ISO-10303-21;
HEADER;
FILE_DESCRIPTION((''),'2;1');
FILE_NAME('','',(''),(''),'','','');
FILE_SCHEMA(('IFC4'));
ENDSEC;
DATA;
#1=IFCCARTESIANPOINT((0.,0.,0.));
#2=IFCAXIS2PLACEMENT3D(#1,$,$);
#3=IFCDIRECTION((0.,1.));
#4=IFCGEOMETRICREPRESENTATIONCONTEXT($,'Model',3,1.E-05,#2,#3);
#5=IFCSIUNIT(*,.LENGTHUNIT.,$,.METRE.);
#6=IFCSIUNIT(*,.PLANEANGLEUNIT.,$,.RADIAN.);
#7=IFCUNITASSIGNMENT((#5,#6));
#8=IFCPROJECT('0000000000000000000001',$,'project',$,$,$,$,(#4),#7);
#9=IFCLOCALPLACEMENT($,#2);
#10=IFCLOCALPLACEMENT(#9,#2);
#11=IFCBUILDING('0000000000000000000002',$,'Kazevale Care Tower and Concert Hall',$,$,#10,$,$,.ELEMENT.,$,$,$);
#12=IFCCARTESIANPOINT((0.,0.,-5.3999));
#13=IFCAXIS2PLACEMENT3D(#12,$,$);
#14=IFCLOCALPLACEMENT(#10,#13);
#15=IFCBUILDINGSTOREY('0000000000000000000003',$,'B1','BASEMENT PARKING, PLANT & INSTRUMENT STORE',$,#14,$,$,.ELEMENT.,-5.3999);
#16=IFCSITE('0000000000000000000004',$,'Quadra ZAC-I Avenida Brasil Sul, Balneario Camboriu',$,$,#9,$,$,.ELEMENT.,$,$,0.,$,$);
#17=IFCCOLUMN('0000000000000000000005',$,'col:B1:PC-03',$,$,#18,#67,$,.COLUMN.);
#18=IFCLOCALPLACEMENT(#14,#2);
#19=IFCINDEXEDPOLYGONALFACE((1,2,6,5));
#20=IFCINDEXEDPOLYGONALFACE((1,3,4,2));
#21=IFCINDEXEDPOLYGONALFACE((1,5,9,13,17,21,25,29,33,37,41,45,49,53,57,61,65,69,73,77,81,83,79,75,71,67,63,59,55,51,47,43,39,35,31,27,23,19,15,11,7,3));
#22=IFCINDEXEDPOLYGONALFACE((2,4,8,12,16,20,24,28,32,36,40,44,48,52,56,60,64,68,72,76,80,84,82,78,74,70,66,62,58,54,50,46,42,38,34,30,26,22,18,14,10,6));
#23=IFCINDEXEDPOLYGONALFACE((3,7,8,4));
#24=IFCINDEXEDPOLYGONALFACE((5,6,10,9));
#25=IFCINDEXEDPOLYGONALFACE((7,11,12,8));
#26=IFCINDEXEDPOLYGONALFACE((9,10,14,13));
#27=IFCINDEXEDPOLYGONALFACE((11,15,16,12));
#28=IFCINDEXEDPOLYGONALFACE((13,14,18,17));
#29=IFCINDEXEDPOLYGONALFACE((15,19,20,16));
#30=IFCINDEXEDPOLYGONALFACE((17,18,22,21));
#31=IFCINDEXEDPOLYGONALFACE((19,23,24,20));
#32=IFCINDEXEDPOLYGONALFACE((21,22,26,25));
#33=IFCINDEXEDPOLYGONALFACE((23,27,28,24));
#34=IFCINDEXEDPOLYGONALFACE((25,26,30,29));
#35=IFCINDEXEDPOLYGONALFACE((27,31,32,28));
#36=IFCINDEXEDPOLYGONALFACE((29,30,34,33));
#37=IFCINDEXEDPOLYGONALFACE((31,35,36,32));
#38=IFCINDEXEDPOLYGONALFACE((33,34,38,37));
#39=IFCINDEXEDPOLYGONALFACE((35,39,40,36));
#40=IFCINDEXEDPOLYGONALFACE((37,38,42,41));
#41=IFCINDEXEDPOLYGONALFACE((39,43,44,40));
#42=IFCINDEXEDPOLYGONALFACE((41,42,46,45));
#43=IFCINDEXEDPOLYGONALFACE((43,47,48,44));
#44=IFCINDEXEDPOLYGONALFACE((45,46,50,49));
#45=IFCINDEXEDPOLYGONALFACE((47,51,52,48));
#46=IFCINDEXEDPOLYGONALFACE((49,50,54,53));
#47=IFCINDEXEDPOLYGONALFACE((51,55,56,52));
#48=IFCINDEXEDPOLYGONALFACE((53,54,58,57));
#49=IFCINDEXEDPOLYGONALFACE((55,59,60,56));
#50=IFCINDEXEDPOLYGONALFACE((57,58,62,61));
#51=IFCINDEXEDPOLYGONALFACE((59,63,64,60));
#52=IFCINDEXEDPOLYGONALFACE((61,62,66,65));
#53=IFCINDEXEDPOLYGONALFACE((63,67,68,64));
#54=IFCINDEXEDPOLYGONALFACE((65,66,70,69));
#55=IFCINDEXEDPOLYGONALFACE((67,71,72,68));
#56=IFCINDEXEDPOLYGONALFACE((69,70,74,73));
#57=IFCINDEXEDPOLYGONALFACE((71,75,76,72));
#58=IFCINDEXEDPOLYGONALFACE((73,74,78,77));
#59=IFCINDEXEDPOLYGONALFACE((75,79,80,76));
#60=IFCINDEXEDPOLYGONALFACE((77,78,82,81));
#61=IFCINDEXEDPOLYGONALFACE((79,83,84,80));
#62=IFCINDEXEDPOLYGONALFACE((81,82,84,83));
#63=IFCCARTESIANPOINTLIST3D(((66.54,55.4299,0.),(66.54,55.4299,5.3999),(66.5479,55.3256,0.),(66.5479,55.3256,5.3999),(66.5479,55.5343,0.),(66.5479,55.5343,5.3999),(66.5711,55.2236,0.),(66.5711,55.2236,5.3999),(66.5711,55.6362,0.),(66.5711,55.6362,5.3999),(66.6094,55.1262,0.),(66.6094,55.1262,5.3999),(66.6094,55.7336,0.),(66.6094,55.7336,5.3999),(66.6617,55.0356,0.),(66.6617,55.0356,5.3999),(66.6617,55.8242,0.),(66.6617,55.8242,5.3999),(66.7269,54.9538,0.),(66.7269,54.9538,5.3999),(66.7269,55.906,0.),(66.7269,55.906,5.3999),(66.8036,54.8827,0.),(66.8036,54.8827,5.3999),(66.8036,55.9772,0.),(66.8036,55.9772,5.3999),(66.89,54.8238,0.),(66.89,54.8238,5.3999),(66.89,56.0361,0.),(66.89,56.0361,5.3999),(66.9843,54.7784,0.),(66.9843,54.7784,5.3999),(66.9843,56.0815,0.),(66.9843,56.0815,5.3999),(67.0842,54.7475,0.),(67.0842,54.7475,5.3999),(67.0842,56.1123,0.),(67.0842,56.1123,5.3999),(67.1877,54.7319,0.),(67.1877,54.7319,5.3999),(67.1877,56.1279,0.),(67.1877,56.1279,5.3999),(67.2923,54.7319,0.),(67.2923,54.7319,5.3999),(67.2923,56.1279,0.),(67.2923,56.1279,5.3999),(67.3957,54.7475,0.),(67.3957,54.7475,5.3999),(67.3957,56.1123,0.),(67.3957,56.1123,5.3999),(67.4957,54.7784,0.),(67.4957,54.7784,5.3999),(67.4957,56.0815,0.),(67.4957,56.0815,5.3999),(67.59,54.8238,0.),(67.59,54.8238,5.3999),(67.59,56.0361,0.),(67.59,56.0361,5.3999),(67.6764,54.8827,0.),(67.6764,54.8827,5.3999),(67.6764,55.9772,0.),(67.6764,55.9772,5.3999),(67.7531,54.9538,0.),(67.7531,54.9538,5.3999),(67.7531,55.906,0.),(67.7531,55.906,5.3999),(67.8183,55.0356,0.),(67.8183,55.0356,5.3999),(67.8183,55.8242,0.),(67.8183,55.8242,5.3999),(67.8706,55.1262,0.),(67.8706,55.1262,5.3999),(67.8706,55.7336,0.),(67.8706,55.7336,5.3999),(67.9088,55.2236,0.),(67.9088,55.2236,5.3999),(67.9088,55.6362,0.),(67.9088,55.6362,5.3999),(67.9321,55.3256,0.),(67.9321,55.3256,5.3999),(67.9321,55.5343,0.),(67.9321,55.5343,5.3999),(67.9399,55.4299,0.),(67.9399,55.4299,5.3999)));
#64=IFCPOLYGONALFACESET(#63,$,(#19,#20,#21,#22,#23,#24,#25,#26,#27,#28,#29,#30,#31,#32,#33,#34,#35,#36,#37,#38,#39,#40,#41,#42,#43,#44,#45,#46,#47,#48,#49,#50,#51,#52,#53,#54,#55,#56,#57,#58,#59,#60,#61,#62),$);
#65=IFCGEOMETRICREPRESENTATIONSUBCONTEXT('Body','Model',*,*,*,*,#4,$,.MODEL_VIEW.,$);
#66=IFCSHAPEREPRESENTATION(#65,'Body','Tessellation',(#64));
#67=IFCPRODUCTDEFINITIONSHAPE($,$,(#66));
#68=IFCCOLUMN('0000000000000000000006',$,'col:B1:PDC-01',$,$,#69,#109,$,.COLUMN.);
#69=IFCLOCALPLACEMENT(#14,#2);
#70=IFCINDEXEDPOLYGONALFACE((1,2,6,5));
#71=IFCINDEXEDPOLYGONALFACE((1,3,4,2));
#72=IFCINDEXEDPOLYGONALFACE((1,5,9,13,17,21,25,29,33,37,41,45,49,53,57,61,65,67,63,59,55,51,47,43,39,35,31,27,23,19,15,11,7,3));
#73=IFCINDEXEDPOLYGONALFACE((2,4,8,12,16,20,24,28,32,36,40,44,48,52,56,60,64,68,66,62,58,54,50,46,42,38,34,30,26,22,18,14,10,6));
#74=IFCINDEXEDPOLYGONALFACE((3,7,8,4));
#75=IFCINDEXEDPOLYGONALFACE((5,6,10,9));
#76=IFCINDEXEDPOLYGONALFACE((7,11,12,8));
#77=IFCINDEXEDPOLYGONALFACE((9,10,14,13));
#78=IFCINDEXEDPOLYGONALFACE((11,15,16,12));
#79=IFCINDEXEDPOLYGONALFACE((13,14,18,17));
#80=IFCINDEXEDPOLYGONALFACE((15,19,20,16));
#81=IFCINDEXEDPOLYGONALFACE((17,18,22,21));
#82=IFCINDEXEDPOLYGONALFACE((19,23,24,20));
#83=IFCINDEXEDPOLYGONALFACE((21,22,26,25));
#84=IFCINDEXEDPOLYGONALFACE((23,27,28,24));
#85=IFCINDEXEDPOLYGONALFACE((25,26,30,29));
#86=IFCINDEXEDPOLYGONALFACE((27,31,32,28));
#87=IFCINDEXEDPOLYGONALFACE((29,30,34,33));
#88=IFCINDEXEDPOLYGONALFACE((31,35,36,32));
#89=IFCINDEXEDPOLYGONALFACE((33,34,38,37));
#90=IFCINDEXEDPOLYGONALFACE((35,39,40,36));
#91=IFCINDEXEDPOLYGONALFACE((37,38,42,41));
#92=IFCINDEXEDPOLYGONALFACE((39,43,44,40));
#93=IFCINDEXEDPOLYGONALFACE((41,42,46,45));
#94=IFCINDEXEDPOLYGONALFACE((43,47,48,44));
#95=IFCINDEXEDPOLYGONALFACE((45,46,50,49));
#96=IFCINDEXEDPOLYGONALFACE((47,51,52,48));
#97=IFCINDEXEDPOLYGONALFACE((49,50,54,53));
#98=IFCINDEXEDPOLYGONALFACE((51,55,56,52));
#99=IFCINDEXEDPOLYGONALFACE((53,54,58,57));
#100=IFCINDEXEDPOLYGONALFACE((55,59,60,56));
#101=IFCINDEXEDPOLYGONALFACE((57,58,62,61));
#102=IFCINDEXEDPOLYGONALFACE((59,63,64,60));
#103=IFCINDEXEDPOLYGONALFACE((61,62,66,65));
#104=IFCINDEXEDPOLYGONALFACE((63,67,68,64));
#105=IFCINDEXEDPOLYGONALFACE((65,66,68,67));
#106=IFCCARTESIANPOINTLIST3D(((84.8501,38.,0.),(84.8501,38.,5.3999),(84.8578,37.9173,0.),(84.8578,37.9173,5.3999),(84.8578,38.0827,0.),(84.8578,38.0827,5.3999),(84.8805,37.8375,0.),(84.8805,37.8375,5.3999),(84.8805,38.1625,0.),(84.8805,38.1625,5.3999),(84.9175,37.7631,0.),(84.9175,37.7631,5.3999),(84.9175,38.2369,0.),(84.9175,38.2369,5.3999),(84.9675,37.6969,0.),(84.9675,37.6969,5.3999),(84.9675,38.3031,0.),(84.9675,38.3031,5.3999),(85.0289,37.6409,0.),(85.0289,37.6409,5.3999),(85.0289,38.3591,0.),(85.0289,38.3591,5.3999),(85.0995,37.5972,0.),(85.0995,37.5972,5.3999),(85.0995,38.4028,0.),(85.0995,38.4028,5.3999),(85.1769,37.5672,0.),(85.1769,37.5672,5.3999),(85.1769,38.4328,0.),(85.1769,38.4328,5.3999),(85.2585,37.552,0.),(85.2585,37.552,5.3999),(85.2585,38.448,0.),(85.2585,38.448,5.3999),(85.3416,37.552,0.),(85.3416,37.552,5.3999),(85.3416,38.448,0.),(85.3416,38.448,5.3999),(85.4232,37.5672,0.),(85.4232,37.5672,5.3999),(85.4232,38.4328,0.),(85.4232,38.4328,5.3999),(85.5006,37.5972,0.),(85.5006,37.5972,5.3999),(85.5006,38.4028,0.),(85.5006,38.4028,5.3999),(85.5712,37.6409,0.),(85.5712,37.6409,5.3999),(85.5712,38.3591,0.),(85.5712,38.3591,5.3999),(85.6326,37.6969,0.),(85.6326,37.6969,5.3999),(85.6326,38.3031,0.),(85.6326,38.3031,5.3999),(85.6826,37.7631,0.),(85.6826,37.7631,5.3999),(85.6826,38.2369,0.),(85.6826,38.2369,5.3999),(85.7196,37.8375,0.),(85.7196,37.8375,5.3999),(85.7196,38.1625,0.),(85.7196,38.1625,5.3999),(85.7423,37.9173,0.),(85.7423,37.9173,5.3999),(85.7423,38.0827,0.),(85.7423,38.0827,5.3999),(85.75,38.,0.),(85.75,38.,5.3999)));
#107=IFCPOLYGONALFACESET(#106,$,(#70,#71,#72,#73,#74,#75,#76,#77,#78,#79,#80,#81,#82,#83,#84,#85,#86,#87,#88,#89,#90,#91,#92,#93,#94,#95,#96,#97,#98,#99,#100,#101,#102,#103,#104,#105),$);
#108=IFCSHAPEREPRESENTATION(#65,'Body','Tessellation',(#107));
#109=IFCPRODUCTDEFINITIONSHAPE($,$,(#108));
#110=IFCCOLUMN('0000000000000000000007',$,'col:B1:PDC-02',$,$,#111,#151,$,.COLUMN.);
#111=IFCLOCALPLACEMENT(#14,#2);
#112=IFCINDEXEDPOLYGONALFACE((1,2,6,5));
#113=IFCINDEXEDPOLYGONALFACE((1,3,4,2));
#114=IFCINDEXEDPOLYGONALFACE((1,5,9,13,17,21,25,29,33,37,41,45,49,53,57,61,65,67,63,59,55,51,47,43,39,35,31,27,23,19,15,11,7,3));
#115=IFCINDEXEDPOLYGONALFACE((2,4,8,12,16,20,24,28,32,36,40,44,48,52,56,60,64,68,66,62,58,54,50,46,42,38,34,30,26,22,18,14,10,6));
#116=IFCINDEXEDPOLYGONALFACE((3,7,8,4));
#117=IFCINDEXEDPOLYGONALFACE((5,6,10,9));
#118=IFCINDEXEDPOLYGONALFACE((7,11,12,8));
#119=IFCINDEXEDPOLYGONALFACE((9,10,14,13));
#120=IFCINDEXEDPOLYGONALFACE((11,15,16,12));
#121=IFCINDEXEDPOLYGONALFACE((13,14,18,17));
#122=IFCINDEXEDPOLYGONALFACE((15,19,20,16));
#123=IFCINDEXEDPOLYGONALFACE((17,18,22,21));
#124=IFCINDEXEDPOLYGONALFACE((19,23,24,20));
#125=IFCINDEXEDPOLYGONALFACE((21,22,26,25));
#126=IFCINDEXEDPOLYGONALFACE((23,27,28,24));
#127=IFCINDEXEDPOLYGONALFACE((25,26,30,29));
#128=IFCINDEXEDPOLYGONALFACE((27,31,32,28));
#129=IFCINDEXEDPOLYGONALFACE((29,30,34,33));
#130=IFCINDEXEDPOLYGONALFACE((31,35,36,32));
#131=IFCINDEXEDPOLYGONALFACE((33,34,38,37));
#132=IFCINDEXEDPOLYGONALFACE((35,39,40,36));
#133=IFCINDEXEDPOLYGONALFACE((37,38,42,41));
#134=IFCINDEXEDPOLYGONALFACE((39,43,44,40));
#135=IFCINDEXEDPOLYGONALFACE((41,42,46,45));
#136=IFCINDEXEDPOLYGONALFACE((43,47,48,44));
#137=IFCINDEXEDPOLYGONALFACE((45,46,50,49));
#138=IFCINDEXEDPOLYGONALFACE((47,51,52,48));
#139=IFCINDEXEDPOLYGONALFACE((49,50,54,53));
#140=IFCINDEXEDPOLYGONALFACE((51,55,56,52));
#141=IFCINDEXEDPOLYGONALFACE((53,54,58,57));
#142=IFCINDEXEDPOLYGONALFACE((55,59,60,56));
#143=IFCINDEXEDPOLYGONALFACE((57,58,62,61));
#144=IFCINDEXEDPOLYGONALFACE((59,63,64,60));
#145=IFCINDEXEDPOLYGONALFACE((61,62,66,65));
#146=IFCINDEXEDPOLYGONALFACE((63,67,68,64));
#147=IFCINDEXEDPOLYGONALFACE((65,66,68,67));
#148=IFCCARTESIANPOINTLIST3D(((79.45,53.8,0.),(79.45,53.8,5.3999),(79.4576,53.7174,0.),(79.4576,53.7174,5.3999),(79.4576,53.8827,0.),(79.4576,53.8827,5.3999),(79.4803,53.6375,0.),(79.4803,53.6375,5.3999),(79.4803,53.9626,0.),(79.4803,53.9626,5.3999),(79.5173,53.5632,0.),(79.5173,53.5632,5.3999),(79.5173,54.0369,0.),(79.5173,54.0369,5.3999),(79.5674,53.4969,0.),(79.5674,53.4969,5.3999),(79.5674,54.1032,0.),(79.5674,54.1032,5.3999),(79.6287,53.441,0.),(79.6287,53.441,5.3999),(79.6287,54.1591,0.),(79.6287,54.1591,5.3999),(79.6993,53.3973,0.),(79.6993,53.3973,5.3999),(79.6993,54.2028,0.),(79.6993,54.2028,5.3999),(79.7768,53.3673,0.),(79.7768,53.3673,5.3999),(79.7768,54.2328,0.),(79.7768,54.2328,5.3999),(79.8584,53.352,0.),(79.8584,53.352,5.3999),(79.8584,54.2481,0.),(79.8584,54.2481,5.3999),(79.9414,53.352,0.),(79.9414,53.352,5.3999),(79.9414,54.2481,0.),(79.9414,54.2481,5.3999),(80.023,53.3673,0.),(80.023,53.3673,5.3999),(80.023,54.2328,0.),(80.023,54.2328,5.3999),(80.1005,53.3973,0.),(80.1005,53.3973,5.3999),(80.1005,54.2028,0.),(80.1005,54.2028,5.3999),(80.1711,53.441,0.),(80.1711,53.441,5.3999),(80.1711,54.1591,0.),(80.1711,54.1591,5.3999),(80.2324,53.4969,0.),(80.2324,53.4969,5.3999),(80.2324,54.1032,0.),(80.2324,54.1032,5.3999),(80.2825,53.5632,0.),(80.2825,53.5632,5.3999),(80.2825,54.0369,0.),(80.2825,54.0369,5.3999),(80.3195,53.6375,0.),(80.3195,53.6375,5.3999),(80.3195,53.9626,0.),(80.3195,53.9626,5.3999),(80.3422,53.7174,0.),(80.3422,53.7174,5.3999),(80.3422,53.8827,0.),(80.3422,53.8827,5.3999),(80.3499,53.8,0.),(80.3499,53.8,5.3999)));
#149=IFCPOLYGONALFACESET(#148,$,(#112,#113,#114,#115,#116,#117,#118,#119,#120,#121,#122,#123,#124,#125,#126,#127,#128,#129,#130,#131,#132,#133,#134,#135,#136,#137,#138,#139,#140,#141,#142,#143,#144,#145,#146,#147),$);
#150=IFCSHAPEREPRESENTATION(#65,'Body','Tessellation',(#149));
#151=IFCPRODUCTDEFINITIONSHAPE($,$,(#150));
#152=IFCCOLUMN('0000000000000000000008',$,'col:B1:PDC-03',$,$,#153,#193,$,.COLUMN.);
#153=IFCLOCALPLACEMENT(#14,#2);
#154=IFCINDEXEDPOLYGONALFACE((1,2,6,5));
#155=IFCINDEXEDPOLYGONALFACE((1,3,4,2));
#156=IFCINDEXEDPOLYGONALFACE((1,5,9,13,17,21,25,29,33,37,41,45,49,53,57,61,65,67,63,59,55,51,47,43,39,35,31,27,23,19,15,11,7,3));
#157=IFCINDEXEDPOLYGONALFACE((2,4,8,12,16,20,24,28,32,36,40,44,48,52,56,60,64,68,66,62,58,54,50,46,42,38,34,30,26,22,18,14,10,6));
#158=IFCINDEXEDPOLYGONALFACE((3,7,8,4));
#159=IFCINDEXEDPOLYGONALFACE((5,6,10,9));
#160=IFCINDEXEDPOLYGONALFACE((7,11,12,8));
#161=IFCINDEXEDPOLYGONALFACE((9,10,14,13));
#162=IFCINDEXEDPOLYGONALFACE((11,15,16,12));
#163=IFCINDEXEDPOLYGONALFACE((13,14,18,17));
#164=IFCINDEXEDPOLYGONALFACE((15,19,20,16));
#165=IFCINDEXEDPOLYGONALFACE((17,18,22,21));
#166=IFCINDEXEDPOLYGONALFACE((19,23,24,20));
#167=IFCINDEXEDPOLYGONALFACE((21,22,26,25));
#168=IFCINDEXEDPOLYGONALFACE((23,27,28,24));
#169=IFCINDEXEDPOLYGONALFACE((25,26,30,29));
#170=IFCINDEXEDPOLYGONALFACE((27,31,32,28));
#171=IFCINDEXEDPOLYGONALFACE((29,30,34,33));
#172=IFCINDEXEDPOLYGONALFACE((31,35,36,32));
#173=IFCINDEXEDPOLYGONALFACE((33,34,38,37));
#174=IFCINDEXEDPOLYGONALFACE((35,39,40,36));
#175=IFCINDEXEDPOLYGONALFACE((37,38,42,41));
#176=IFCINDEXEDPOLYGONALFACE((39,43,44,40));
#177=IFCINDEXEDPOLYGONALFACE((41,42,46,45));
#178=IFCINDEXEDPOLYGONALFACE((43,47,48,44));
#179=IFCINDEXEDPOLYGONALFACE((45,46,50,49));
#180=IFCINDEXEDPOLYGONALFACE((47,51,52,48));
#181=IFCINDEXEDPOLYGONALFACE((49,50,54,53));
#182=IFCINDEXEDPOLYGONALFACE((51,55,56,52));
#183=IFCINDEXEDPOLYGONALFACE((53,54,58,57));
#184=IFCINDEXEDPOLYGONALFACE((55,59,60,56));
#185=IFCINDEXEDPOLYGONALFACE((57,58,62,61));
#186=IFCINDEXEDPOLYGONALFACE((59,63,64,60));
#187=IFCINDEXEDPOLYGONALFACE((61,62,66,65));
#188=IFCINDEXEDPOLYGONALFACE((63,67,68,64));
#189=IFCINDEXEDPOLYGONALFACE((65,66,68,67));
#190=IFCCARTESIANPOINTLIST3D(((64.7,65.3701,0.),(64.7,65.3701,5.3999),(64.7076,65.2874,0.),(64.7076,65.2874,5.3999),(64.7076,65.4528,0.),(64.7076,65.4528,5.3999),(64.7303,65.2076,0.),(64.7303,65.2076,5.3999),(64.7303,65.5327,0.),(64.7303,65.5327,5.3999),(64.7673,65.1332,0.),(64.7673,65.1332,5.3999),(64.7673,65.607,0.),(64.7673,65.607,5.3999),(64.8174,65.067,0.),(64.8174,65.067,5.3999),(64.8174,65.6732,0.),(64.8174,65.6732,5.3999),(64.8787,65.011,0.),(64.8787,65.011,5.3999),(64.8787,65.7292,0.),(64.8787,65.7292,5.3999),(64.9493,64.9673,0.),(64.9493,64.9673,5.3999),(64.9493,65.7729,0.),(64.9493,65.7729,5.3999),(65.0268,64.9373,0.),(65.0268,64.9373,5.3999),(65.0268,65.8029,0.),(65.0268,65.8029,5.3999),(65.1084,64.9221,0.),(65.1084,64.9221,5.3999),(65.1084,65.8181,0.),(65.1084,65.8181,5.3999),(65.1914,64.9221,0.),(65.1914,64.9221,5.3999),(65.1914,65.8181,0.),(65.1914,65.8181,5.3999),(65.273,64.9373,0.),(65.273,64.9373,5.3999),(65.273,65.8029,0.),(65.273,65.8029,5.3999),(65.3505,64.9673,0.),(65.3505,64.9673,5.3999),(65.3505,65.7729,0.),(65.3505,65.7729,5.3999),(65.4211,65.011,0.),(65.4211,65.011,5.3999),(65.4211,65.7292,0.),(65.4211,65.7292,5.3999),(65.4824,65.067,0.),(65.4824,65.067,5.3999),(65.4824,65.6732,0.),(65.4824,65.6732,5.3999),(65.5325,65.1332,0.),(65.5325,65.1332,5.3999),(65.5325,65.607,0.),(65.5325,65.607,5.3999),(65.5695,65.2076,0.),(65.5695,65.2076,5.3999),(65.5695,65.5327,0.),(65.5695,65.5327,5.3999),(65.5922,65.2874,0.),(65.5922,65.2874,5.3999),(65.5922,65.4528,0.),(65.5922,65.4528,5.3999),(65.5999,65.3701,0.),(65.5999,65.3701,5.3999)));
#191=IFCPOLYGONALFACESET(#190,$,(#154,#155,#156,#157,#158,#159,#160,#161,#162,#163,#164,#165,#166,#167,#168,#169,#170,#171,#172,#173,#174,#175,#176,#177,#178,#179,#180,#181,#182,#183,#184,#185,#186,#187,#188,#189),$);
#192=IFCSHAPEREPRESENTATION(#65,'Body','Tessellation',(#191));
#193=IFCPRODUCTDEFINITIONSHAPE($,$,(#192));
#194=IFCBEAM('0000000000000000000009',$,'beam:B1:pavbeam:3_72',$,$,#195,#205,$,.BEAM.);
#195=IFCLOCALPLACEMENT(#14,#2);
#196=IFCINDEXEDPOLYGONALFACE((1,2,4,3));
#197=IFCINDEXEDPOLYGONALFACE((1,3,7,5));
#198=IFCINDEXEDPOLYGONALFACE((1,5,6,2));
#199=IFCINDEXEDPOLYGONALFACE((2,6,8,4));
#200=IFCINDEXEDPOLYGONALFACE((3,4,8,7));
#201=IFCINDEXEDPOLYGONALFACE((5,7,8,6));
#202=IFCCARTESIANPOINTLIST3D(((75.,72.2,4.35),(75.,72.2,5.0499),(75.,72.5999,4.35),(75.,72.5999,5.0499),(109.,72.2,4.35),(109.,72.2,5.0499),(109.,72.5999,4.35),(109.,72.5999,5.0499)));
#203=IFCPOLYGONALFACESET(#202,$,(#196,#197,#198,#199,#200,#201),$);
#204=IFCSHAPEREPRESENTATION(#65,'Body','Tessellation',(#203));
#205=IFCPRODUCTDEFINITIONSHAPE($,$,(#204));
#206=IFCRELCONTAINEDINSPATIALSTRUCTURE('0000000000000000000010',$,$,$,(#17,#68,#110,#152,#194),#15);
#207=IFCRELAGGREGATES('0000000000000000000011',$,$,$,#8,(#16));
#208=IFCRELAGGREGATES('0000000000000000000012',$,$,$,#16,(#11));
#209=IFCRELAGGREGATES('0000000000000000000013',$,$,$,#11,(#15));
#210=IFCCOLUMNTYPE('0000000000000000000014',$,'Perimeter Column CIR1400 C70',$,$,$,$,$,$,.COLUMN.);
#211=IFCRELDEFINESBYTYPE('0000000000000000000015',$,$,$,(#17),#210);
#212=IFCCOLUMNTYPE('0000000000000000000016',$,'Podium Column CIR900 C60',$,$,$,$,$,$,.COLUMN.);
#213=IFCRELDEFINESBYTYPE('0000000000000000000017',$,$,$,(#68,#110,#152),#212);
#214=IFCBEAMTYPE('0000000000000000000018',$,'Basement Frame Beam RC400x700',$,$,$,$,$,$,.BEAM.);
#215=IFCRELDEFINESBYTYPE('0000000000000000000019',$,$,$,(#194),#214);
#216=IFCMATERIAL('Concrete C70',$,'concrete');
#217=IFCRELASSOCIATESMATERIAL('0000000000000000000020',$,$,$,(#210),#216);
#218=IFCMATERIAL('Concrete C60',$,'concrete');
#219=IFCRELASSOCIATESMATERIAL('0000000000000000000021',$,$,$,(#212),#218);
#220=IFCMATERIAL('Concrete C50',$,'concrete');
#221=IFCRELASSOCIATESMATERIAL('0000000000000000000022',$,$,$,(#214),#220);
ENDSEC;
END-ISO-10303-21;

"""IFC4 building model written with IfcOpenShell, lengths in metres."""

from ifc_helpers import new_model, si_unit, direction, frame, origin, origin_2d, place, context, subcontext, project, spatial, rectangle, circle, extrude, material, material_profile, profile_set, type_object, element, save


model = new_model("IFC4")

# Units and contexts
model_context = context("Model", 3, precision=1e-05, world=origin(), true_north=direction((0.0, 1.0)))
body_context = subcontext(model_context, "Body", "Model", "MODEL_VIEW")
ifc_project = project(units=[si_unit("LENGTHUNIT", "METRE"), si_unit("PLANEANGLEUNIT", "RADIAN")], contexts=[model_context])

# Site, building, storey
site_placement = place(None, origin())
site = spatial("IfcSite", under=ifc_project, at=site_placement, Name="Quadra ZAC-I Avenida Brasil Sul, Balneario Camboriu", CompositionType="ELEMENT", RefElevation=0.0)
building_placement = place(site_placement, origin())
building = spatial("IfcBuilding", under=site, at=building_placement, Name="Kazevale Care Tower and Concert Hall", CompositionType="ELEMENT")
storey_placement = place(building_placement, frame((0.0, 0.0, -5.3999)))
storey = spatial("IfcBuildingStorey", under=building, at=storey_placement, Name="B1", Description="BASEMENT PARKING, PLANT & INSTRUMENT STORE", CompositionType="ELEMENT", Elevation=-5.3999)

# Shared definitions
ifc_material_1 = material(Name="Concrete C50", Category="concrete")

# Columns
ifc_material_2 = material(Name="Concrete C70", Category="concrete")
ifc_material_profile_1 = material_profile(ifc_material_2, circle(Radius=0.7, at=origin_2d()), Name="RC-CIR1400")
ifc_profile_set_1 = profile_set([ifc_material_profile_1], Name="Concrete C70")
column_type_1 = type_object("IfcColumnType", Name="Perimeter Column CIR1400 C70", PredefinedType="COLUMN", material=ifc_profile_set_1)
for number, where, z_axis, x_axis, name in (
    (1, (67.24, 55.4299, 0.0), (0.0, 0.0, 1.0), (1.0, 0.0, 0.0), "col:B1:PC-03"),
):
    element("IfcColumn", number, at=place(storey_placement, frame(where, z_axis=z_axis, x_axis=x_axis)), inside=storey, type_object=column_type_1, Name=name, PredefinedType="COLUMN", context=body_context, shape_type="SweptSolid", body=[
        extrude(circle(Radius=0.7, at=origin_2d()), origin(), (0.0, 0.0, 1.0), 5.3999),
    ])
ifc_material_3 = material(Name="Concrete C60", Category="concrete")
ifc_material_profile_2 = material_profile(ifc_material_3, circle(Radius=0.45, at=origin_2d()), Name="RC-CIR900")
ifc_profile_set_2 = profile_set([ifc_material_profile_2], Name="Concrete C60")
column_type_2 = type_object("IfcColumnType", Name="Podium Column CIR900 C60", PredefinedType="COLUMN", material=ifc_profile_set_2)
for number, where, z_axis, x_axis, name in (
    (2, (85.3, 38.0, 0.0), (0.0, 0.0, 1.0), (1.0, 0.0, 0.0), "col:B1:PDC-01"),
    (3, (79.8999, 53.8, 0.0), (0.0, 0.0, 1.0), (1.0, 0.0, 0.0), "col:B1:PDC-02"),
    (4, (65.1499, 65.3701, 0.0), (0.0, 0.0, 1.0), (1.0, 0.0, 0.0), "col:B1:PDC-03"),
):
    element("IfcColumn", number, at=place(storey_placement, frame(where, z_axis=z_axis, x_axis=x_axis)), inside=storey, type_object=column_type_2, Name=name, PredefinedType="COLUMN", context=body_context, shape_type="SweptSolid", body=[
        extrude(circle(Radius=0.45, at=origin_2d()), origin(), (0.0, 0.0, 1.0), 5.3999),
    ])

# Beam
ifc_material_profile_3 = material_profile(ifc_material_1, rectangle(XDim=0.3999, YDim=0.7, at=origin_2d()), Name="RC-B400x700")
ifc_profile_set_3 = profile_set([ifc_material_profile_3], Name="Concrete C50")
beam_type_1 = type_object("IfcBeamType", Name="Basement Frame Beam RC400x700", PredefinedType="BEAM", material=ifc_profile_set_3)
beam_1_placement = place(storey_placement, frame((75.0, 72.3999, 4.7), z_axis=(1.0, 0.0, 0.0), x_axis=(0.0, 1.0, 0.0)))
element("IfcBeam", 5, at=beam_1_placement, inside=storey, type_object=beam_type_1, Name="beam:B1:pavbeam:3_72", PredefinedType="BEAM", context=body_context, shape_type="SweptSolid", body=[
    extrude(rectangle(XDim=0.3999, YDim=0.7, at=origin_2d()), origin(), (0.0, 0.0, 1.0), 34.0),
])

save(model, "model.ifc")
